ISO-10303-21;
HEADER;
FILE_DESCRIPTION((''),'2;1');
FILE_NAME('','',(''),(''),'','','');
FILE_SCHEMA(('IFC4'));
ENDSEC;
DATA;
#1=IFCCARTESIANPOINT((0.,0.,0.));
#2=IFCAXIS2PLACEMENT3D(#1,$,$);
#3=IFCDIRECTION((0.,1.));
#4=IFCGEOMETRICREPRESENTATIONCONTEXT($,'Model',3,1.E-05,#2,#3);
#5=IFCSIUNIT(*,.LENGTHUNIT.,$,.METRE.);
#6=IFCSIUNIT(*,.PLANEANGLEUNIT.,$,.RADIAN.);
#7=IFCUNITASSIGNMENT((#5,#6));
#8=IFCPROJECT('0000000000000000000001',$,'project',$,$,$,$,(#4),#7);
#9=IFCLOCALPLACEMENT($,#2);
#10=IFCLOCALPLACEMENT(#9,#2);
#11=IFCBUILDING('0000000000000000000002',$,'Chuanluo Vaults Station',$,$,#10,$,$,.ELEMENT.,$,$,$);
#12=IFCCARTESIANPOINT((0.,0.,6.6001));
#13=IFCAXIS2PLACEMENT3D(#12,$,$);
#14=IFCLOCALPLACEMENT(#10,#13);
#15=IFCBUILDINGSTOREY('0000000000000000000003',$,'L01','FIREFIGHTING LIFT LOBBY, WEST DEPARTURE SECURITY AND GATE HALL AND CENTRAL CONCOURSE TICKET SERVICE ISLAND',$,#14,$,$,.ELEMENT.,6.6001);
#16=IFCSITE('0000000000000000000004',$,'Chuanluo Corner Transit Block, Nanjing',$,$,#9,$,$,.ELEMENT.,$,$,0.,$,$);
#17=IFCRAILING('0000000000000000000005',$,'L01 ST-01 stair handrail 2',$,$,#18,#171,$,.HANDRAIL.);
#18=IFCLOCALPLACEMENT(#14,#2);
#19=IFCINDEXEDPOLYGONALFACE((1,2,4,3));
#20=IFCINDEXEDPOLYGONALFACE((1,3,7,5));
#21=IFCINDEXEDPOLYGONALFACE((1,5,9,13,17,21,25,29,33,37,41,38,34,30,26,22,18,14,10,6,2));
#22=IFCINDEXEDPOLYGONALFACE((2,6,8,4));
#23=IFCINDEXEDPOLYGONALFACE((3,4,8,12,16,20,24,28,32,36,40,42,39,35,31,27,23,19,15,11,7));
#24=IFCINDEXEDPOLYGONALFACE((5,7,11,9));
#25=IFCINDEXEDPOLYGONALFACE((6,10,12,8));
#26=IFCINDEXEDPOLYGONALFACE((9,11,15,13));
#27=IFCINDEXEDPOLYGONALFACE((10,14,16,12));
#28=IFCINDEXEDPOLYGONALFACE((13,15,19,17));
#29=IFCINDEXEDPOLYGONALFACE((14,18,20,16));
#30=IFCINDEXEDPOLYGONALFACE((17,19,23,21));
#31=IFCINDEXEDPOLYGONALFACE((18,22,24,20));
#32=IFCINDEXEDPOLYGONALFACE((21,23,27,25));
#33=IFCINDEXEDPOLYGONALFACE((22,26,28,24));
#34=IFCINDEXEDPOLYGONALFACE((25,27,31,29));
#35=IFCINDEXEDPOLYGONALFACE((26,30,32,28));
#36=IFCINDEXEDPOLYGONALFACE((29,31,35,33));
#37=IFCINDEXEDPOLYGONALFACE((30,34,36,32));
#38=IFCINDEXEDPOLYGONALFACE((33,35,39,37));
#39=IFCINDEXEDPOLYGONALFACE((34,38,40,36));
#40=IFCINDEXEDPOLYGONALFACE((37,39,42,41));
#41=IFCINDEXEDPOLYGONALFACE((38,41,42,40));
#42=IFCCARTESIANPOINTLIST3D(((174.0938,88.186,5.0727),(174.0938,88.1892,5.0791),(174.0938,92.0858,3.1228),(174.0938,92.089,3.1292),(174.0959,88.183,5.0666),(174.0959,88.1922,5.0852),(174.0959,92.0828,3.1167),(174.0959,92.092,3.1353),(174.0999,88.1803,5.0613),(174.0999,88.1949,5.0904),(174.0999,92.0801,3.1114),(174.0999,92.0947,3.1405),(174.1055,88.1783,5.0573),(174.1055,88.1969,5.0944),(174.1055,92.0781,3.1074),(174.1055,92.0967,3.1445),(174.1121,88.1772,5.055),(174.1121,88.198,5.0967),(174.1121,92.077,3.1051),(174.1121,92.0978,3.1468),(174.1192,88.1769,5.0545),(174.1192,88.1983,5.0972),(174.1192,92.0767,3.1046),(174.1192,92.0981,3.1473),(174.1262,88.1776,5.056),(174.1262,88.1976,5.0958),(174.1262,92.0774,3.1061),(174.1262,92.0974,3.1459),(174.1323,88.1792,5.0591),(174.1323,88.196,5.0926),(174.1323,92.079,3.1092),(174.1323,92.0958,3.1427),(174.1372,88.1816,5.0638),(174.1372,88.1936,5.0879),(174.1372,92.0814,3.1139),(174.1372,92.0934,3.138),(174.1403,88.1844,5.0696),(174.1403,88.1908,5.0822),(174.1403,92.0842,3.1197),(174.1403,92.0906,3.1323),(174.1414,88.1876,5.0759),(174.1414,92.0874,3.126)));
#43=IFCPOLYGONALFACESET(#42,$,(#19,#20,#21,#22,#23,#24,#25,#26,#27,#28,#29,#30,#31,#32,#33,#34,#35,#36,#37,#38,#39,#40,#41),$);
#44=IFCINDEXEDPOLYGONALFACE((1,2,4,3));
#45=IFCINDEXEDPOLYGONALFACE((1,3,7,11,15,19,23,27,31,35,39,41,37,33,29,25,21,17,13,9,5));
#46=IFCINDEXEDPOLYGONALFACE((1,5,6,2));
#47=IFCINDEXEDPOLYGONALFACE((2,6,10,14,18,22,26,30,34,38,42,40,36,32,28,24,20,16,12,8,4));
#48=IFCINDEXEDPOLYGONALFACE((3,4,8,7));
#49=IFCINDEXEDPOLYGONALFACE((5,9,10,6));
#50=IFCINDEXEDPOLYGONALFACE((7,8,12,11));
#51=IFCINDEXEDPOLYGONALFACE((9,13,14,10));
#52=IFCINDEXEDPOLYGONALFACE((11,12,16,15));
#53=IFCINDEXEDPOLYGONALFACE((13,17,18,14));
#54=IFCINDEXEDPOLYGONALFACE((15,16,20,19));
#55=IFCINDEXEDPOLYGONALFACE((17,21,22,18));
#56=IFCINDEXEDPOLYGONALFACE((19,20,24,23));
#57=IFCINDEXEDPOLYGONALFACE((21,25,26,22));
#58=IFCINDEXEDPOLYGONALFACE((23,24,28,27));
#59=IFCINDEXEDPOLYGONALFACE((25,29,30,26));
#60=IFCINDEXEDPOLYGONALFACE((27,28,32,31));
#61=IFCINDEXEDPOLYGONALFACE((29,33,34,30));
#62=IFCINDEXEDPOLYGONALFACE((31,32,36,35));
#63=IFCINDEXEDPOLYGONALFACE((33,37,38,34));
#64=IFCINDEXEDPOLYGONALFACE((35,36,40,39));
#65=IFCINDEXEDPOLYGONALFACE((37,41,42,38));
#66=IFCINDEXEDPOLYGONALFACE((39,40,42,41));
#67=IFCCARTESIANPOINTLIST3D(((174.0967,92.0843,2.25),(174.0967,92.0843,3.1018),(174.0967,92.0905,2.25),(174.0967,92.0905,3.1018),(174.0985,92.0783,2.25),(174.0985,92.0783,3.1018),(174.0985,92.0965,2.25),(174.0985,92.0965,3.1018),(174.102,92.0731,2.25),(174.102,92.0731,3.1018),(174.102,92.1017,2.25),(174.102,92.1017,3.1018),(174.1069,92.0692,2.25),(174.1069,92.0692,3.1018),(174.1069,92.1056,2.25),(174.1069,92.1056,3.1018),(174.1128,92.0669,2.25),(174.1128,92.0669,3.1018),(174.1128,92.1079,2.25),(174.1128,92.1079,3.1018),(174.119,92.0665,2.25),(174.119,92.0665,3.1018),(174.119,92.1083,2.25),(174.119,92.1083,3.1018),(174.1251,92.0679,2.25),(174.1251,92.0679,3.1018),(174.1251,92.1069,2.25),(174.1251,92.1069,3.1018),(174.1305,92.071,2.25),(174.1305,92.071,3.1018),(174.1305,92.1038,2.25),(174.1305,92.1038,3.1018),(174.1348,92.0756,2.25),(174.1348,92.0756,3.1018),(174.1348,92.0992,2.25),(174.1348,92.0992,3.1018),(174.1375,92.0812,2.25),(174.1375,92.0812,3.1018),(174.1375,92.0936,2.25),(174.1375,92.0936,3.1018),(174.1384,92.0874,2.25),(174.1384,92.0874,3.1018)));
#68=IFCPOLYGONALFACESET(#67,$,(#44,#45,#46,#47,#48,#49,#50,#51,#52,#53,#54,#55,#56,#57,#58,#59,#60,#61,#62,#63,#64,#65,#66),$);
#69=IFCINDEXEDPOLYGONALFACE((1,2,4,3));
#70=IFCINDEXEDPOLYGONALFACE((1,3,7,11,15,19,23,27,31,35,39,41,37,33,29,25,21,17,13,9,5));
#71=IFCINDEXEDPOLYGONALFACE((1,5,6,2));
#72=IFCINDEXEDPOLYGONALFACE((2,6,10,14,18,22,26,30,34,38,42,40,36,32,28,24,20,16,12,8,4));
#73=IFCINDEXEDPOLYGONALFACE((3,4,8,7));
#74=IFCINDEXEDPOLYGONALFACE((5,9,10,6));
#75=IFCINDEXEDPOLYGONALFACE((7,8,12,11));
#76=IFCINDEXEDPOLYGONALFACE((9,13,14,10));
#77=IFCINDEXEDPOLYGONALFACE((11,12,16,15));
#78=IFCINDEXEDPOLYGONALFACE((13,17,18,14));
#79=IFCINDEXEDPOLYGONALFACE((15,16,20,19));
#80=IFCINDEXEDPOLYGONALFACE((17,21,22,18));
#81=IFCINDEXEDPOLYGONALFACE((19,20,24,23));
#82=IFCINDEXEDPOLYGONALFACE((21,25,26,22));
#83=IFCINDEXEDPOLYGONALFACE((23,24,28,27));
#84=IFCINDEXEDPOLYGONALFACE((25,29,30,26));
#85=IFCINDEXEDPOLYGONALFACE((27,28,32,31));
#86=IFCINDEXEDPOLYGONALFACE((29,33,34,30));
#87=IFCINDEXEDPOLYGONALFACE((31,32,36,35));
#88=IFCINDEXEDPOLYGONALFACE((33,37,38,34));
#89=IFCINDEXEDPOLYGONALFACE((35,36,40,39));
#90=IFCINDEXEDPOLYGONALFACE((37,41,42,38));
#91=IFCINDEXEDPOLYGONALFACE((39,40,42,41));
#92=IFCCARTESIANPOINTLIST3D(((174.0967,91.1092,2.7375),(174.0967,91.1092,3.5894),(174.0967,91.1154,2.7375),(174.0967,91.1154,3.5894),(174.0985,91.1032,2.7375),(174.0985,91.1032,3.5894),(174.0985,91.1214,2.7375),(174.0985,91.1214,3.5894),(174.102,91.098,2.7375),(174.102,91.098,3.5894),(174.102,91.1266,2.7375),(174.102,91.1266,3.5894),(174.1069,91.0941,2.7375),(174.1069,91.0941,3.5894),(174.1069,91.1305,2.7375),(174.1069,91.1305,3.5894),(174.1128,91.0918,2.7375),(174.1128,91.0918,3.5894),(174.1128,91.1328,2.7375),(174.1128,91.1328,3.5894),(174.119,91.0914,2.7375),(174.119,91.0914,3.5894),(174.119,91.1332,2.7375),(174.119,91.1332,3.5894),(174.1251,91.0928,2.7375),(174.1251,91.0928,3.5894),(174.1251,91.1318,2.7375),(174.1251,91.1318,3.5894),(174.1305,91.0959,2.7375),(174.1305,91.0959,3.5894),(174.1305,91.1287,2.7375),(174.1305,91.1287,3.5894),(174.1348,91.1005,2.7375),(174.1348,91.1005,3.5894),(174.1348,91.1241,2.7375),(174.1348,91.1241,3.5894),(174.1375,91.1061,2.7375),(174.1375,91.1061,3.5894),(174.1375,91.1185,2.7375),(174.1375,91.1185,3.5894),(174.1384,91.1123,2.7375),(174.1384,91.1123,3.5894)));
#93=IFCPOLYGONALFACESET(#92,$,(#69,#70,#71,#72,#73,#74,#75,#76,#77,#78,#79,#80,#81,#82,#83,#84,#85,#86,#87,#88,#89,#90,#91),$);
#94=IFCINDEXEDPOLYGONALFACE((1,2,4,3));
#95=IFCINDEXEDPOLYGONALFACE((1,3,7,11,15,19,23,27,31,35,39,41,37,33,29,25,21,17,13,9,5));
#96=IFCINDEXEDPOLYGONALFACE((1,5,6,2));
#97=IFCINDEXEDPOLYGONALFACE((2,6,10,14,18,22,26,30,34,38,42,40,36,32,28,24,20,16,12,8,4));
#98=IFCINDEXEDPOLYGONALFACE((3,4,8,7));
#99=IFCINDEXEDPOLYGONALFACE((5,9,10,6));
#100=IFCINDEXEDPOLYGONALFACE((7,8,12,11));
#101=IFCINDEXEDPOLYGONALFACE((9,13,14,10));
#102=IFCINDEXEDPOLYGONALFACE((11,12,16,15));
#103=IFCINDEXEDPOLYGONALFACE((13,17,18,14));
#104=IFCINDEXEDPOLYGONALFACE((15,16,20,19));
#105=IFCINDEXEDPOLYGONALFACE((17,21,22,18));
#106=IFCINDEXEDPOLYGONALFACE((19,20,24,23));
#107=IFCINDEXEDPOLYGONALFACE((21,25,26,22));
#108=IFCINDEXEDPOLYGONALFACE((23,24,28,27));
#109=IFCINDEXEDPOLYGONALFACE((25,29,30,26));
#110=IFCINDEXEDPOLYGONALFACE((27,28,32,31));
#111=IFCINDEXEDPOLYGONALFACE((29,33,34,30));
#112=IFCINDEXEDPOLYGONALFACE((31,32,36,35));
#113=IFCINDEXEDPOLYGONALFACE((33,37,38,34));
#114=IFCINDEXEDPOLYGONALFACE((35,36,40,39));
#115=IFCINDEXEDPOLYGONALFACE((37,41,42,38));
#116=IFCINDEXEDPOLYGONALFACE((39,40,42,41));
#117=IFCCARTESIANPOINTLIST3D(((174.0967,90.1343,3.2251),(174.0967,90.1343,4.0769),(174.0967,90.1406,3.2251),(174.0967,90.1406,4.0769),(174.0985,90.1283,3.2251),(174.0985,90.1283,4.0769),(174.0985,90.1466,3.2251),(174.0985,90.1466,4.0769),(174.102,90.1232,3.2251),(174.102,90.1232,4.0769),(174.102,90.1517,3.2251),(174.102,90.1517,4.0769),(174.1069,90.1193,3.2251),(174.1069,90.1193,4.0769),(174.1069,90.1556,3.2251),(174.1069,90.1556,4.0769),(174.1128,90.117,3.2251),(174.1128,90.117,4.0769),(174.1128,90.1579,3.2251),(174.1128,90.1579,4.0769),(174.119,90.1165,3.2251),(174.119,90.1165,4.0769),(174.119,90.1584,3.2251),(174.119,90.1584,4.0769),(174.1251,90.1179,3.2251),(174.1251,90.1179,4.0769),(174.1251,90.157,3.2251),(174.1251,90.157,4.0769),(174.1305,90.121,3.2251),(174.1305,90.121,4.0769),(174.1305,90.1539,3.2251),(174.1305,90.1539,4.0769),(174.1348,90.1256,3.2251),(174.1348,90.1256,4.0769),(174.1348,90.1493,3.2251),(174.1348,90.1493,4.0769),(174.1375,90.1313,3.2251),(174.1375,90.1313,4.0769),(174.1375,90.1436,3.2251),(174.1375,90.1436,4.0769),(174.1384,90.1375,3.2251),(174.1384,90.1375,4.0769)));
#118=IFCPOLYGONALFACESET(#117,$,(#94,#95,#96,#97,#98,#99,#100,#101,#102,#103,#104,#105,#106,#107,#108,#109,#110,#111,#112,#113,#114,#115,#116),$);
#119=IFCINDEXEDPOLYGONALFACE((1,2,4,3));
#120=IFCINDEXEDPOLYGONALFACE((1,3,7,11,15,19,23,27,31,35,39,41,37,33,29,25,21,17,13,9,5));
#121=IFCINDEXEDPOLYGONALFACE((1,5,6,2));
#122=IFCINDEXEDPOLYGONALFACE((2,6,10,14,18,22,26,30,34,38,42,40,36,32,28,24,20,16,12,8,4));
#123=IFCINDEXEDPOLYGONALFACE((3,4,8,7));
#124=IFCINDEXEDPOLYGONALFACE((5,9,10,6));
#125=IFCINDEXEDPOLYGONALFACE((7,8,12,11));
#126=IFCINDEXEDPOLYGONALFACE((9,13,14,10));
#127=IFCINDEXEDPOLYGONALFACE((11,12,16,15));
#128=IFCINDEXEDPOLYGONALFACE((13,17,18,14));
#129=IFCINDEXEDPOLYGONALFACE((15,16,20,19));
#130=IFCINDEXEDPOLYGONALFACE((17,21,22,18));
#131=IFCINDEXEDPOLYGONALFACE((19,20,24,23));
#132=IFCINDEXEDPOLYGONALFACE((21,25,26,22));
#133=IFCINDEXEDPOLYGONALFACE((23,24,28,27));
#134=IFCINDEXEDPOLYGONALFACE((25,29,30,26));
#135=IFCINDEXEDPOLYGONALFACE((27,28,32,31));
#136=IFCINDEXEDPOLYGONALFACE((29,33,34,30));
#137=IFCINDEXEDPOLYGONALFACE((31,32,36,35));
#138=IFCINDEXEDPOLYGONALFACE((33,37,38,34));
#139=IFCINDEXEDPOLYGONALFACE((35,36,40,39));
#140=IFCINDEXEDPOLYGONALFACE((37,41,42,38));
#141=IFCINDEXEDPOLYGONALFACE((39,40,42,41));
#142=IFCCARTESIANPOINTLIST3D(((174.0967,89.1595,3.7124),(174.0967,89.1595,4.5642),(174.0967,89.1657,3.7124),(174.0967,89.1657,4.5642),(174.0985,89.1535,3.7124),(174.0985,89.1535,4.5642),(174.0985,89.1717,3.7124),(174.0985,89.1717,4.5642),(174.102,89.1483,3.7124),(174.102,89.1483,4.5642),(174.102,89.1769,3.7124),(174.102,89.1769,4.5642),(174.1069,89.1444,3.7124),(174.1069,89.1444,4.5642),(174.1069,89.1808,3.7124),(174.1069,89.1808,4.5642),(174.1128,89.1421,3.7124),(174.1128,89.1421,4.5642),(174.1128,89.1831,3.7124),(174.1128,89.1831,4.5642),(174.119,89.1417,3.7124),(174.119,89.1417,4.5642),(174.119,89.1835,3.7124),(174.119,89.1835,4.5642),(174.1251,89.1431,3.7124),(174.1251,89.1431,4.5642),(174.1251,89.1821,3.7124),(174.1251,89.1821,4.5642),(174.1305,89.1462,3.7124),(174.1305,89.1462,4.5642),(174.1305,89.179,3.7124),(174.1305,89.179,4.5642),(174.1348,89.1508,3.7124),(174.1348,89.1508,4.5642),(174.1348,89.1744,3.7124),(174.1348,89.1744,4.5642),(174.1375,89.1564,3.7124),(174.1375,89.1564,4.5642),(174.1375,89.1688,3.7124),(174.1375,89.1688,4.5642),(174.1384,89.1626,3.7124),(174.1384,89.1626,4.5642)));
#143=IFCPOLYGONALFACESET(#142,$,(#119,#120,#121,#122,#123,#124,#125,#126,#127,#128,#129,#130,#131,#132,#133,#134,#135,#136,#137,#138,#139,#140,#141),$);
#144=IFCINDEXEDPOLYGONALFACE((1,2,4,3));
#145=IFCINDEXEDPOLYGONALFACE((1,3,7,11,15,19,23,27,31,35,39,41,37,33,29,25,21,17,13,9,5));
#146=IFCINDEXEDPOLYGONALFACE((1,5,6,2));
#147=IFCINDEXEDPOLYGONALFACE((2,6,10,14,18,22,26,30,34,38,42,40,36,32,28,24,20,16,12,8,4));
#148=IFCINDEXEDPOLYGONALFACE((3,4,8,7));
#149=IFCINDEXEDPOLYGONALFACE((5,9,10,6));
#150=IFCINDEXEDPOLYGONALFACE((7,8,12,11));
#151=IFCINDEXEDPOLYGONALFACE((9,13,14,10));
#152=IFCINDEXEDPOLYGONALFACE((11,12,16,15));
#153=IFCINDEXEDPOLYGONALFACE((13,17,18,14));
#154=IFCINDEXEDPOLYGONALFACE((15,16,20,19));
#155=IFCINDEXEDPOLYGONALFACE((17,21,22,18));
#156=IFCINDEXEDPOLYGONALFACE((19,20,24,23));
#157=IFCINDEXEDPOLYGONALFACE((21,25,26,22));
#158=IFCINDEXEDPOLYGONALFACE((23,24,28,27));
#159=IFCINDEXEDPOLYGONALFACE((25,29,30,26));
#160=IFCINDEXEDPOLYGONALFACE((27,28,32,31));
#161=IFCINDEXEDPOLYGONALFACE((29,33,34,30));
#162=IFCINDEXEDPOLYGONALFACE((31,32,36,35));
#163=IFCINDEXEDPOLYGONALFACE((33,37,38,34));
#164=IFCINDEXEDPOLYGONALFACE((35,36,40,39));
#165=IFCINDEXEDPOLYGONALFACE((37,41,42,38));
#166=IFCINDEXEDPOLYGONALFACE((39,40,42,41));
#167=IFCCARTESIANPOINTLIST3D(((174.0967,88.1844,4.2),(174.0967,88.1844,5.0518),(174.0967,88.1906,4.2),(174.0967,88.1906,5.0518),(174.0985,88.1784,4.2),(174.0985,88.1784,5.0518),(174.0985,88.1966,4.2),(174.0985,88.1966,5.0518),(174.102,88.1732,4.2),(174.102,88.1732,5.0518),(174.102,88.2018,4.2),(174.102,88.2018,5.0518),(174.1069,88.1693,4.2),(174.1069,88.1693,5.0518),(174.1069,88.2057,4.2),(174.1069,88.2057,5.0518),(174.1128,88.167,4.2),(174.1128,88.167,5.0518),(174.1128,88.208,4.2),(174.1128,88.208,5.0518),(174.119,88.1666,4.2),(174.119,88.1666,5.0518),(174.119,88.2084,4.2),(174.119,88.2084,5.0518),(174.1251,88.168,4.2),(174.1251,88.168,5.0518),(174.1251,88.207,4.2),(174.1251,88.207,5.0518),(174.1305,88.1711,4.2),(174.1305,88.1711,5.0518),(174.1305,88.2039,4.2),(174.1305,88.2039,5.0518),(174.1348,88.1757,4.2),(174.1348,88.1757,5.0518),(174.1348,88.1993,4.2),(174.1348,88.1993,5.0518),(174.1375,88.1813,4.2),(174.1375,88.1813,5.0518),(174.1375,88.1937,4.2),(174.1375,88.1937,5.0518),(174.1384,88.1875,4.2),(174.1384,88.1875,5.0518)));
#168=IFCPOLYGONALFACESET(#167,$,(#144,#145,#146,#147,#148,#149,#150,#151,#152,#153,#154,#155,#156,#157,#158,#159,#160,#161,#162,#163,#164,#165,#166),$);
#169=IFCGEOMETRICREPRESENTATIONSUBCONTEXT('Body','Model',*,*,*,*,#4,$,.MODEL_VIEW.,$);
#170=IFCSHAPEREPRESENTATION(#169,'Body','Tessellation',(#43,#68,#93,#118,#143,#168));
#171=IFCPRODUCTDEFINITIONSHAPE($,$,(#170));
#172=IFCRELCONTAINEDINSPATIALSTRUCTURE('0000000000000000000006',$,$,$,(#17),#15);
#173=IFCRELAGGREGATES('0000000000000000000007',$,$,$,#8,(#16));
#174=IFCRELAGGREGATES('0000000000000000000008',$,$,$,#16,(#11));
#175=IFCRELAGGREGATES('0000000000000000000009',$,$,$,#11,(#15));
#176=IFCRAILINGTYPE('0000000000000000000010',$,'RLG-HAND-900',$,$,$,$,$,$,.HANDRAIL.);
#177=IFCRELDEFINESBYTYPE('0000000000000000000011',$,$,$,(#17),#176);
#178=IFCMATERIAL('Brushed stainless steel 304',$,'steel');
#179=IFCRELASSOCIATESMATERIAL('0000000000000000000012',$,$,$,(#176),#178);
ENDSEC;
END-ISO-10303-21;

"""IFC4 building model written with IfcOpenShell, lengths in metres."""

from ifc_helpers import new_model, si_unit, direction, frame, origin, origin_2d, place, context, subcontext, project, spatial, circle, extrude, material, type_object, element, save


model = new_model("IFC4")

# Units and contexts
model_context = context("Model", 3, precision=1e-05, world=origin(), true_north=direction((0.0, 1.0)))
body_context = subcontext(model_context, "Body", "Model", "MODEL_VIEW")
ifc_project = project(units=[si_unit("LENGTHUNIT", "METRE"), si_unit("PLANEANGLEUNIT", "RADIAN")], contexts=[model_context])

# Site, building, storey
site_placement = place(None, origin())
site = spatial("IfcSite", under=ifc_project, at=site_placement, Name="Chuanluo Corner Transit Block, Nanjing", CompositionType="ELEMENT", RefElevation=0.0)
building_placement = place(site_placement, origin())
building = spatial("IfcBuilding", under=site, at=building_placement, Name="Chuanluo Vaults Station", CompositionType="ELEMENT")
storey_placement = place(building_placement, frame((0.0, 0.0, 6.6001)))
storey = spatial("IfcBuildingStorey", under=building, at=storey_placement, Name="L01", Description="FIREFIGHTING LIFT LOBBY, WEST DEPARTURE SECURITY AND GATE HALL AND CENTRAL CONCOURSE TICKET SERVICE ISLAND", CompositionType="ELEMENT", Elevation=6.6001)

# Railing
ifc_material_1 = material(Name="Brushed stainless steel 304", Category="steel")
railing_type_1 = type_object("IfcRailingType", Name="RLG-HAND-900", PredefinedType="HANDRAIL", material=ifc_material_1)
railing_1_placement = place(storey_placement, frame((174.1174, 92.0874, 2.25)))
element("IfcRailing", 1, at=railing_1_placement, inside=storey, type_object=railing_type_1, Name="L01 ST-01 stair handrail 2", PredefinedType="HANDRAIL", context=body_context, shape_type="SweptSolid", body=[
    extrude(circle(Radius=0.0239, at=origin_2d()), frame((0.0, 0.0, 0.876), z_axis=(0.0, -0.894427, 0.447214), x_axis=(1.0, 0.0, 0.0)), (0.0, 0.0, 1.0), 4.3601),
    extrude(circle(Radius=0.021, at=origin_2d()), origin(), (0.0, 0.0, 1.0), 0.8518),
    extrude(circle(Radius=0.021, at=origin_2d()), frame((0.0, -0.9751, 0.4875)), (0.0, 0.0, 1.0), 0.8518),
    extrude(circle(Radius=0.021, at=origin_2d()), frame((0.0, -1.95, 0.9751)), (0.0, 0.0, 1.0), 0.8518),
    extrude(circle(Radius=0.021, at=origin_2d()), frame((0.0, -2.9248, 1.4624)), (0.0, 0.0, 1.0), 0.8518),
    extrude(circle(Radius=0.021, at=origin_2d()), frame((0.0, -3.8999, 1.95)), (0.0, 0.0, 1.0), 0.8518),
])

save(model, "model.ifc")
